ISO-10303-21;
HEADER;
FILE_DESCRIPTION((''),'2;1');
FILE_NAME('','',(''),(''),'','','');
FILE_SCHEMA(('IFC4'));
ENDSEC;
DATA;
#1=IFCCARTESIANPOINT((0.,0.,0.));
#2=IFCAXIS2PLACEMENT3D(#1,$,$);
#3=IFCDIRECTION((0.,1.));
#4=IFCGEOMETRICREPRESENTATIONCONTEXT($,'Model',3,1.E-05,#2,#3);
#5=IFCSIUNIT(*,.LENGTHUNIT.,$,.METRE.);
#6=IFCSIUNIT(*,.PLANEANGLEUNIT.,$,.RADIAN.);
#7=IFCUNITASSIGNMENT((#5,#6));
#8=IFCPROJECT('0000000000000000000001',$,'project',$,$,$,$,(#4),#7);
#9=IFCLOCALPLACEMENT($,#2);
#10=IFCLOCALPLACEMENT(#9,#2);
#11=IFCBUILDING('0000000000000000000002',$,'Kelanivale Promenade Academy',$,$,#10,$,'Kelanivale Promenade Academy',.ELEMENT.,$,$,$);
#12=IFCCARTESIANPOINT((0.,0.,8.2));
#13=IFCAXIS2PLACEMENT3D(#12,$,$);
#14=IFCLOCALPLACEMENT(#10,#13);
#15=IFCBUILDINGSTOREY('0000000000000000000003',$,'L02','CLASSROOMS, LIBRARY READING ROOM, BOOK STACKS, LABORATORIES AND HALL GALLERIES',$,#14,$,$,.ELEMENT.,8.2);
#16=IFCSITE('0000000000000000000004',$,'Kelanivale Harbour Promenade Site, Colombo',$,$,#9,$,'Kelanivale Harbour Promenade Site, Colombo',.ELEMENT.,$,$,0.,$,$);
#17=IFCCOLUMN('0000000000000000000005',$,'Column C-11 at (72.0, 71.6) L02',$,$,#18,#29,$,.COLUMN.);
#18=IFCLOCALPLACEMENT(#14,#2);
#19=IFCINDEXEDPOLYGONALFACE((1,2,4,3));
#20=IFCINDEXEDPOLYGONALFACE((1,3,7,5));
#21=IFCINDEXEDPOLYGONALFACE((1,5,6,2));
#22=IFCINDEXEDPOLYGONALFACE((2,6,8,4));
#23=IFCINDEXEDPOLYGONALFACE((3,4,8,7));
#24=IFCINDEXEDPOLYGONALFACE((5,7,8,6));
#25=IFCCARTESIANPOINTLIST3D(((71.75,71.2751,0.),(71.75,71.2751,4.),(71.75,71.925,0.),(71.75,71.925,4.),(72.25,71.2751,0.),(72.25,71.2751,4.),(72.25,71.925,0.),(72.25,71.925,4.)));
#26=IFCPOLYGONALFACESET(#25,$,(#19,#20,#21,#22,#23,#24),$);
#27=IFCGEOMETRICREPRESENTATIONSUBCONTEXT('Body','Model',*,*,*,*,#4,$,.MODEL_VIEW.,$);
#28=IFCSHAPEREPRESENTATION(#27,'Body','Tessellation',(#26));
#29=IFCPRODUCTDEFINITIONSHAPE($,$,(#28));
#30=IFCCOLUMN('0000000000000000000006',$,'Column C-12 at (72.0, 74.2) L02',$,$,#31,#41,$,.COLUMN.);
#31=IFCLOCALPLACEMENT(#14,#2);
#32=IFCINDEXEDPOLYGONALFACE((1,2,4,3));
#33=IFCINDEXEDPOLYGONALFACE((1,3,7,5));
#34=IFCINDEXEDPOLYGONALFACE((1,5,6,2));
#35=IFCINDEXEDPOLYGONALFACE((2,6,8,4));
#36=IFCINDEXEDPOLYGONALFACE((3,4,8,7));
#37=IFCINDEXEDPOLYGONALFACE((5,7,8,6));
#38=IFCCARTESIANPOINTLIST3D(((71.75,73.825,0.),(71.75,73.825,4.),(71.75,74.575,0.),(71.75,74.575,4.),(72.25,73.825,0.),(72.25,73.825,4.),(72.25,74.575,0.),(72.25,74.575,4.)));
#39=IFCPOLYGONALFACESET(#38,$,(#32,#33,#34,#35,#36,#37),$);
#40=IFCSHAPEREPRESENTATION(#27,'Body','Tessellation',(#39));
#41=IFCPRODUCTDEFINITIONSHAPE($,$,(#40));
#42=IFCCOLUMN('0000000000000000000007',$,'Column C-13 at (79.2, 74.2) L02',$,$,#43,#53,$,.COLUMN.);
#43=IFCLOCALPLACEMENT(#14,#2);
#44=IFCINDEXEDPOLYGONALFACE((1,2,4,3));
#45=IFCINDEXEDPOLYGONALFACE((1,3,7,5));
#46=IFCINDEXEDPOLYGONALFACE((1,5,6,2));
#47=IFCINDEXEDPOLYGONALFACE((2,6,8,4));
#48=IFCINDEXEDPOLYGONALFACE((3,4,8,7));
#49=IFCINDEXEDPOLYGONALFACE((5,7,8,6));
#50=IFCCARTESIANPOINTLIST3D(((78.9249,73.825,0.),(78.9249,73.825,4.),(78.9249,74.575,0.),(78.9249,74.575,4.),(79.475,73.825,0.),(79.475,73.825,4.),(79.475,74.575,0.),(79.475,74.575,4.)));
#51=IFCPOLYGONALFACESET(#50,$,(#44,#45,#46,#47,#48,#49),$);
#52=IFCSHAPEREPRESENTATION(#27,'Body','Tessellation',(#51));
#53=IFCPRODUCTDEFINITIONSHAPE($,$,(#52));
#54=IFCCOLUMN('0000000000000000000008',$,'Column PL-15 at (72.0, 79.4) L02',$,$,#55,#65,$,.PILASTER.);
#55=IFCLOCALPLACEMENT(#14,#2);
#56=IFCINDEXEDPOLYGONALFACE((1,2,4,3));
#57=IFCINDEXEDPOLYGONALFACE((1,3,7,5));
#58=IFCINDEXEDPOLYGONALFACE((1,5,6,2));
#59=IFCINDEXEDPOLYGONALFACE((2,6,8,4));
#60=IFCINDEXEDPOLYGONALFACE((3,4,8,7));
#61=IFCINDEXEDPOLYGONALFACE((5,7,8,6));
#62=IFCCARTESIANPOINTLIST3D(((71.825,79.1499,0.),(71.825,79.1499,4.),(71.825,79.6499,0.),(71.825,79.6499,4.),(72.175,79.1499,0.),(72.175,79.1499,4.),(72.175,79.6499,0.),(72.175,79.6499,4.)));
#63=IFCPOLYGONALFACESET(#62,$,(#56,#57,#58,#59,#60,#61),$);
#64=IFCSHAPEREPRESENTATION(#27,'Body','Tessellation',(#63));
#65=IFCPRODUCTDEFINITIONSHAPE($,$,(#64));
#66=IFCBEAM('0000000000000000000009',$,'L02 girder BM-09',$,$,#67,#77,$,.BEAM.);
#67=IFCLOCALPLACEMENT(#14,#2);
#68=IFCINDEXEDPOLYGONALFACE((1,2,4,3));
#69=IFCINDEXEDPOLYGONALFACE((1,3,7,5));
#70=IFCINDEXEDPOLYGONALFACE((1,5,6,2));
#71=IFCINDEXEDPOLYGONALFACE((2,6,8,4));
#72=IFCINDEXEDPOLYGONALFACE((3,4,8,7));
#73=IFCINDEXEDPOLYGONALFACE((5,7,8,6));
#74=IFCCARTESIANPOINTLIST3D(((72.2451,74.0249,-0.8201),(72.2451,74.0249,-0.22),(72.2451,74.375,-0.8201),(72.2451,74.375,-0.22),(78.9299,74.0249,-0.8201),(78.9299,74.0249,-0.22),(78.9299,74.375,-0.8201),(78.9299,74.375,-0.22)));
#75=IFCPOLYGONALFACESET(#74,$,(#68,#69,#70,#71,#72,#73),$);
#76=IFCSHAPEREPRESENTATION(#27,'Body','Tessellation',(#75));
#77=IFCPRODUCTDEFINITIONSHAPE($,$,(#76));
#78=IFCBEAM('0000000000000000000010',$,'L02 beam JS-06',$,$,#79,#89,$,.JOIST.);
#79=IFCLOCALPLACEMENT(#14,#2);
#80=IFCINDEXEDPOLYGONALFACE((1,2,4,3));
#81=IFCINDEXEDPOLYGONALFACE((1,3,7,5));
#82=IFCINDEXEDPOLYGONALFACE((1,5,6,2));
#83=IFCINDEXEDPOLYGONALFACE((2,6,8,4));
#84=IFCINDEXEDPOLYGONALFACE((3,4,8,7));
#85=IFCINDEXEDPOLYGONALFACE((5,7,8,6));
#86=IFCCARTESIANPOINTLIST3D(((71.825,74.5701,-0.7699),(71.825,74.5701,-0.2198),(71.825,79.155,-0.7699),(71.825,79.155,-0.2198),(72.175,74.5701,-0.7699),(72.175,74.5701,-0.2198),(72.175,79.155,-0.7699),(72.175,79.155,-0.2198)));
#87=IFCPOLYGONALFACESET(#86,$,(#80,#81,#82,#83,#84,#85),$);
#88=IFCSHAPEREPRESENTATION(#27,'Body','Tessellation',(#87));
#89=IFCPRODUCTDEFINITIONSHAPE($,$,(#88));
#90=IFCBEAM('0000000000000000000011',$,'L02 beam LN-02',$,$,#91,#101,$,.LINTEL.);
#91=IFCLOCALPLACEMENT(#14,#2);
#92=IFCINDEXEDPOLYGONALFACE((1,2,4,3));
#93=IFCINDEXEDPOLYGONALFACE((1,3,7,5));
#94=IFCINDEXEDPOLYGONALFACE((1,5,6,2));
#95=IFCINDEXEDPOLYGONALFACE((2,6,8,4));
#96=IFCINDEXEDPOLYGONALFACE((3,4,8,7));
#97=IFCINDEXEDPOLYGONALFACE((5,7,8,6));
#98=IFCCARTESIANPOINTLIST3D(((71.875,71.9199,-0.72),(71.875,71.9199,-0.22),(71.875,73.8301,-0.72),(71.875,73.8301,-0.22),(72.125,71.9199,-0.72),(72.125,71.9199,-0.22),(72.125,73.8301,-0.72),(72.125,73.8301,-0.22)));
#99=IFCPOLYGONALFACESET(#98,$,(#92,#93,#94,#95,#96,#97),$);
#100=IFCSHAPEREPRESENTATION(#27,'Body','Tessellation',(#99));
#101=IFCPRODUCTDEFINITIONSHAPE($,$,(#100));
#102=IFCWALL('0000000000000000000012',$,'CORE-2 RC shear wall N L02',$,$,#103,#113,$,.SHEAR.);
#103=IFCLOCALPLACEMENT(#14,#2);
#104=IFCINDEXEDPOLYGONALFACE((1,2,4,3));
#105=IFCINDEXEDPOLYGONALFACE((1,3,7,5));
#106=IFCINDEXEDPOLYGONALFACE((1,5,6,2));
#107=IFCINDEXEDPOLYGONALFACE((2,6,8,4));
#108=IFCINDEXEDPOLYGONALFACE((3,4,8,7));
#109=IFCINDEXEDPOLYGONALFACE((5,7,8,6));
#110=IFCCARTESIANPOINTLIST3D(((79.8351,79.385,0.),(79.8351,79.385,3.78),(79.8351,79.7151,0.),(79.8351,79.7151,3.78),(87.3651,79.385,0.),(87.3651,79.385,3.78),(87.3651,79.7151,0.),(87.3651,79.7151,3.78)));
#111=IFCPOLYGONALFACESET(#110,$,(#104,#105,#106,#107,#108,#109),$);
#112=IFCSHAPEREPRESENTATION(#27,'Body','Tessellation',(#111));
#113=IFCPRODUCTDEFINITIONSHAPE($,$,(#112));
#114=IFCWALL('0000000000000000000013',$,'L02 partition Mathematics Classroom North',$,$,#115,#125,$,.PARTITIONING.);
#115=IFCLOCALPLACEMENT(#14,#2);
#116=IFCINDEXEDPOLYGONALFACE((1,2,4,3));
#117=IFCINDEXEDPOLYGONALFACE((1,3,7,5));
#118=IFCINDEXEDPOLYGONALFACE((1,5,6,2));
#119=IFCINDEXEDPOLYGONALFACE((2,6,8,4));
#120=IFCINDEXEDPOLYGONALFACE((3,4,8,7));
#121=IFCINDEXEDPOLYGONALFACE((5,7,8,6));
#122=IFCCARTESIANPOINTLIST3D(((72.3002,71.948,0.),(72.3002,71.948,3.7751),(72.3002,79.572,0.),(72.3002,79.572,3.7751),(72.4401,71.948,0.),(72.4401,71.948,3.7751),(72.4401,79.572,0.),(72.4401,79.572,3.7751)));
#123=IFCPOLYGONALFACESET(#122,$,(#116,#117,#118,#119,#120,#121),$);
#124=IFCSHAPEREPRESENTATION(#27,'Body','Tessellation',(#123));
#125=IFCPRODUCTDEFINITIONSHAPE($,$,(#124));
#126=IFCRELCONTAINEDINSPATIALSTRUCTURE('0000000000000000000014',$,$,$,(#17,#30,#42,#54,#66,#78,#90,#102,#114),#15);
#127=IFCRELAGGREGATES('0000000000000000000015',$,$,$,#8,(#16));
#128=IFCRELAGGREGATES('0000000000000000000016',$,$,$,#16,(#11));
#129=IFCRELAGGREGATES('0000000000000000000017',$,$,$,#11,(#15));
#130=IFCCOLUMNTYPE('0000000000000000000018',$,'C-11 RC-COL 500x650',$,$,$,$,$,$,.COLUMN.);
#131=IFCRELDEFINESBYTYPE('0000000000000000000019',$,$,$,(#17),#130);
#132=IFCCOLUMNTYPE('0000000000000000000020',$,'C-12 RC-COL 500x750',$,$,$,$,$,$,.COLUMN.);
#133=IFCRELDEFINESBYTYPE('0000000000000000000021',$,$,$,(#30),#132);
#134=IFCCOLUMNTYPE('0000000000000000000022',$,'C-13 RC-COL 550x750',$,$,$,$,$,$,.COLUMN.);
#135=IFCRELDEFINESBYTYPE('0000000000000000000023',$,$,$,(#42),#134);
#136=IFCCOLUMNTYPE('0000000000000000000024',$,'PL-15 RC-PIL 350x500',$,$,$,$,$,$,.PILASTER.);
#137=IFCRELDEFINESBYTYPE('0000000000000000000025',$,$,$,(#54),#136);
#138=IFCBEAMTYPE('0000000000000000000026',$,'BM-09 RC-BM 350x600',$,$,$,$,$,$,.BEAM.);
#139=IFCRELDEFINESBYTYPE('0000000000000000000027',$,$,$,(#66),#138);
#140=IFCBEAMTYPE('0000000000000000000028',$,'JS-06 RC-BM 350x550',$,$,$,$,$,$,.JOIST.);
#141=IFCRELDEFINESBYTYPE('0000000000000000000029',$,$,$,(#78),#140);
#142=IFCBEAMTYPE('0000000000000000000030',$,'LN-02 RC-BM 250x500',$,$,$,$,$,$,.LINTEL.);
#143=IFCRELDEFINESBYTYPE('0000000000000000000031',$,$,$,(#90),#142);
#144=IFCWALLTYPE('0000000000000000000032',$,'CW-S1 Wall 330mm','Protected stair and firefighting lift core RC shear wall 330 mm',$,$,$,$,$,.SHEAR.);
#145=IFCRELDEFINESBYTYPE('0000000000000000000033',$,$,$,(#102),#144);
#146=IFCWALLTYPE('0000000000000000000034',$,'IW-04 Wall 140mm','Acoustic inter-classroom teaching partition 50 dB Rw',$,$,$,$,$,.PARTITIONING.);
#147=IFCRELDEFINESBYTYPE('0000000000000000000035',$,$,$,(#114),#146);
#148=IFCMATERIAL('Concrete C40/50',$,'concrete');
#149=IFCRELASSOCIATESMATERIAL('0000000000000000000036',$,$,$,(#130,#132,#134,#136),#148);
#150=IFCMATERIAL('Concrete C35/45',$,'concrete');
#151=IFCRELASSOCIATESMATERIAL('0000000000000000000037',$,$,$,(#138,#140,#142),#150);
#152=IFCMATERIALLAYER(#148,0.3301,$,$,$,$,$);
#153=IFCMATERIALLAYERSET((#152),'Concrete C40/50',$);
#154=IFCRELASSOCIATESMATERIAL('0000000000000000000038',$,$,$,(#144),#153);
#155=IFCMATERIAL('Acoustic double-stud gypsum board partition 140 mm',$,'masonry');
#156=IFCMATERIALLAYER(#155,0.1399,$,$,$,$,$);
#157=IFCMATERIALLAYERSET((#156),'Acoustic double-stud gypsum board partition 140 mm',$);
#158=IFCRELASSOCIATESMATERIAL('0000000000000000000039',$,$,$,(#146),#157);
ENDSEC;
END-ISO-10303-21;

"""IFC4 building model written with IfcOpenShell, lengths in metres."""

from ifc_helpers import new_model, si_unit, direction, frame, frame_2d, origin, origin_2d, place, context, subcontext, project, spatial, rectangle, extrude, material, layer, layer_set, material_profile, profile_set, type_object, element, save


model = new_model("IFC4")

# Units and contexts
model_context = context("Model", 3, precision=1e-05, world=origin(), true_north=direction((0.0, 1.0)))
body_context = subcontext(model_context, "Body", "Model", "MODEL_VIEW")
ifc_project = project(units=[si_unit("LENGTHUNIT", "METRE"), si_unit("PLANEANGLEUNIT", "RADIAN")], contexts=[model_context])

# Site, building, storey
site_placement = place(None, origin())
site = spatial("IfcSite", under=ifc_project, at=site_placement, Name="Kelanivale Harbour Promenade Site, Colombo", LongName="Kelanivale Harbour Promenade Site, Colombo", CompositionType="ELEMENT", RefElevation=0.0)
building_placement = place(site_placement, origin())
building = spatial("IfcBuilding", under=site, at=building_placement, Name="Kelanivale Promenade Academy", LongName="Kelanivale Promenade Academy", CompositionType="ELEMENT")
storey_placement = place(building_placement, frame((0.0, 0.0, 8.2)))
storey = spatial("IfcBuildingStorey", under=building, at=storey_placement, Name="L02", Description="CLASSROOMS, LIBRARY READING ROOM, BOOK STACKS, LABORATORIES AND HALL GALLERIES", CompositionType="ELEMENT", Elevation=8.2)

# Columns
ifc_material_1 = material(Name="Concrete C40/50", Category="concrete")
ifc_material_profile_1 = material_profile(ifc_material_1, rectangle(XDim=0.5, YDim=0.6499, at=origin_2d()), Name="RC-COL 500x650")
ifc_profile_set_1 = profile_set([ifc_material_profile_1], Name="Concrete C40/50")
column_type_1 = type_object("IfcColumnType", Name="C-11 RC-COL 500x650", PredefinedType="COLUMN", material=ifc_profile_set_1)
column_1_placement = place(storey_placement, frame((72.0, 71.6001, 0.0), z_axis=(0.0, 0.0, 1.0), x_axis=(1.0, 0.0, 0.0)))
element("IfcColumn", 1, at=column_1_placement, inside=storey, type_object=column_type_1, Name="Column C-11 at (72.0, 71.6) L02", PredefinedType="COLUMN", context=body_context, shape_type="SweptSolid", body=[
    extrude(rectangle(XDim=0.5, YDim=0.6499, at=origin_2d()), origin(), (0.0, 0.0, 1.0), 4.0),
])
ifc_material_profile_2 = material_profile(ifc_material_1, rectangle(XDim=0.5, YDim=0.75, at=origin_2d()), Name="RC-COL 500x750")
ifc_profile_set_2 = profile_set([ifc_material_profile_2], Name="Concrete C40/50")
column_type_2 = type_object("IfcColumnType", Name="C-12 RC-COL 500x750", PredefinedType="COLUMN", material=ifc_profile_set_2)
column_2_placement = place(storey_placement, frame((72.0, 74.2, 0.0), z_axis=(0.0, 0.0, 1.0), x_axis=(1.0, 0.0, 0.0)))
element("IfcColumn", 2, at=column_2_placement, inside=storey, type_object=column_type_2, Name="Column C-12 at (72.0, 74.2) L02", PredefinedType="COLUMN", context=body_context, shape_type="SweptSolid", body=[
    extrude(rectangle(XDim=0.5, YDim=0.75, at=origin_2d()), origin(), (0.0, 0.0, 1.0), 4.0),
])
ifc_material_profile_3 = material_profile(ifc_material_1, rectangle(XDim=0.55, YDim=0.75, at=origin_2d()), Name="RC-COL 550x750")
ifc_profile_set_3 = profile_set([ifc_material_profile_3], Name="Concrete C40/50")
column_type_3 = type_object("IfcColumnType", Name="C-13 RC-COL 550x750", PredefinedType="COLUMN", material=ifc_profile_set_3)
column_3_placement = place(storey_placement, frame((79.2, 74.2, 0.0), z_axis=(0.0, 0.0, 1.0), x_axis=(1.0, 0.0, 0.0)))
element("IfcColumn", 3, at=column_3_placement, inside=storey, type_object=column_type_3, Name="Column C-13 at (79.2, 74.2) L02", PredefinedType="COLUMN", context=body_context, shape_type="SweptSolid", body=[
    extrude(rectangle(XDim=0.55, YDim=0.75, at=origin_2d()), origin(), (0.0, 0.0, 1.0), 4.0),
])
ifc_material_profile_4 = material_profile(ifc_material_1, rectangle(XDim=0.3501, YDim=0.5, at=origin_2d()), Name="RC-PIL 350x500")
ifc_profile_set_4 = profile_set([ifc_material_profile_4], Name="Concrete C40/50")
column_type_4 = type_object("IfcColumnType", Name="PL-15 RC-PIL 350x500", PredefinedType="PILASTER", material=ifc_profile_set_4)
column_4_placement = place(storey_placement, frame((72.0, 79.3999, 0.0), z_axis=(0.0, 0.0, 1.0), x_axis=(1.0, 0.0, 0.0)))
element("IfcColumn", 4, at=column_4_placement, inside=storey, type_object=column_type_4, Name="Column PL-15 at (72.0, 79.4) L02", PredefinedType="PILASTER", context=body_context, shape_type="SweptSolid", body=[
    extrude(rectangle(XDim=0.3501, YDim=0.5, at=origin_2d()), origin(), (0.0, 0.0, 1.0), 4.0),
])

# Beams
ifc_material_2 = material(Name="Concrete C35/45", Category="concrete")
ifc_material_profile_5 = material_profile(ifc_material_2, rectangle(XDim=0.3501, YDim=0.6001, at=origin_2d()), Name="RC-BM 350x600")
ifc_profile_set_5 = profile_set([ifc_material_profile_5], Name="Concrete C35/45")
beam_type_1 = type_object("IfcBeamType", Name="BM-09 RC-BM 350x600", PredefinedType="BEAM", material=ifc_profile_set_5)
beam_1_placement = place(storey_placement, frame((72.2451, 74.2, -0.52), z_axis=(1.0, 0.0, 0.0), x_axis=(0.0, 1.0, 0.0)))
element("IfcBeam", 5, at=beam_1_placement, inside=storey, type_object=beam_type_1, Name="L02 girder BM-09", PredefinedType="BEAM", context=body_context, shape_type="SweptSolid", body=[
    extrude(rectangle(XDim=0.3501, YDim=0.6001, at=origin_2d()), origin(), (0.0, 0.0, 1.0), 6.6848),
])
ifc_material_profile_6 = material_profile(ifc_material_2, rectangle(XDim=0.3501, YDim=0.55, at=origin_2d()), Name="RC-BM 350x550")
ifc_profile_set_6 = profile_set([ifc_material_profile_6], Name="Concrete C35/45")
beam_type_2 = type_object("IfcBeamType", Name="JS-06 RC-BM 350x550", PredefinedType="JOIST", material=ifc_profile_set_6)
beam_2_placement = place(storey_placement, frame((72.0, 74.5701, -0.4949), z_axis=(0.0, 1.0, 0.0), x_axis=(-1.0, 0.0, 0.0)))
element("IfcBeam", 6, at=beam_2_placement, inside=storey, type_object=beam_type_2, Name="L02 beam JS-06", PredefinedType="JOIST", context=body_context, shape_type="SweptSolid", body=[
    extrude(rectangle(XDim=0.3501, YDim=0.55, at=origin_2d()), origin(), (0.0, 0.0, 1.0), 4.585),
])
ifc_material_profile_7 = material_profile(ifc_material_2, rectangle(XDim=0.25, YDim=0.5, at=origin_2d()), Name="RC-BM 250x500")
ifc_profile_set_7 = profile_set([ifc_material_profile_7], Name="Concrete C35/45")
beam_type_3 = type_object("IfcBeamType", Name="LN-02 RC-BM 250x500", PredefinedType="LINTEL", material=ifc_profile_set_7)
beam_3_placement = place(storey_placement, frame((72.0, 71.9199, -0.47), z_axis=(0.0, 1.0, 0.0), x_axis=(-1.0, 0.0, 0.0)))
element("IfcBeam", 7, at=beam_3_placement, inside=storey, type_object=beam_type_3, Name="L02 beam LN-02", PredefinedType="LINTEL", context=body_context, shape_type="SweptSolid", body=[
    extrude(rectangle(XDim=0.25, YDim=0.5, at=origin_2d()), origin(), (0.0, 0.0, 1.0), 1.9102),
])

# Shared definitions
ifc_layer_1 = layer(ifc_material_1, 0.3301)
ifc_layer_set_1 = layer_set([ifc_layer_1], Name="Concrete C40/50")
wall_type_1 = type_object("IfcWallType", Name="CW-S1 Wall 330mm", Description="Protected stair and firefighting lift core RC shear wall 330 mm", PredefinedType="SHEAR", material=ifc_layer_set_1)

# Wall
wall_1_placement = place(storey_placement, frame((79.835, 79.55, 0.0), z_axis=(0.0, 0.0, 1.0), x_axis=(1.0, 0.0, 0.0)))
element("IfcWall", 8, at=wall_1_placement, inside=storey, type_object=wall_type_1, Name="CORE-2 RC shear wall N L02", PredefinedType="SHEAR", context=body_context, shape_type="SweptSolid", body=[
    extrude(rectangle(XDim=7.53, YDim=0.3301, at=frame_2d((3.7651, 0.0))), origin(), (0.0, 0.0, 1.0), 3.78),
])

# Wall
ifc_material_3 = material(Name="Acoustic double-stud gypsum board partition 140 mm", Category="masonry")
ifc_layer_2 = layer(ifc_material_3, 0.1399)
ifc_layer_set_2 = layer_set([ifc_layer_2], Name="Acoustic double-stud gypsum board partition 140 mm")
wall_type_2 = type_object("IfcWallType", Name="IW-04 Wall 140mm", Description="Acoustic inter-classroom teaching partition 50 dB Rw", PredefinedType="PARTITIONING", material=ifc_layer_set_2)
wall_2_placement = place(storey_placement, frame((72.3701, 71.948, 0.0), z_axis=(0.0, 0.0, 1.0), x_axis=(0.0, 1.0, 0.0)))
element("IfcWall", 9, at=wall_2_placement, inside=storey, type_object=wall_type_2, Name="L02 partition Mathematics Classroom North", PredefinedType="PARTITIONING", context=body_context, shape_type="SweptSolid", body=[
    extrude(rectangle(XDim=7.624, YDim=0.1399, at=frame_2d((3.812, 0.0))), origin(), (0.0, 0.0, 1.0), 3.7751),
])

save(model, "model.ifc")
